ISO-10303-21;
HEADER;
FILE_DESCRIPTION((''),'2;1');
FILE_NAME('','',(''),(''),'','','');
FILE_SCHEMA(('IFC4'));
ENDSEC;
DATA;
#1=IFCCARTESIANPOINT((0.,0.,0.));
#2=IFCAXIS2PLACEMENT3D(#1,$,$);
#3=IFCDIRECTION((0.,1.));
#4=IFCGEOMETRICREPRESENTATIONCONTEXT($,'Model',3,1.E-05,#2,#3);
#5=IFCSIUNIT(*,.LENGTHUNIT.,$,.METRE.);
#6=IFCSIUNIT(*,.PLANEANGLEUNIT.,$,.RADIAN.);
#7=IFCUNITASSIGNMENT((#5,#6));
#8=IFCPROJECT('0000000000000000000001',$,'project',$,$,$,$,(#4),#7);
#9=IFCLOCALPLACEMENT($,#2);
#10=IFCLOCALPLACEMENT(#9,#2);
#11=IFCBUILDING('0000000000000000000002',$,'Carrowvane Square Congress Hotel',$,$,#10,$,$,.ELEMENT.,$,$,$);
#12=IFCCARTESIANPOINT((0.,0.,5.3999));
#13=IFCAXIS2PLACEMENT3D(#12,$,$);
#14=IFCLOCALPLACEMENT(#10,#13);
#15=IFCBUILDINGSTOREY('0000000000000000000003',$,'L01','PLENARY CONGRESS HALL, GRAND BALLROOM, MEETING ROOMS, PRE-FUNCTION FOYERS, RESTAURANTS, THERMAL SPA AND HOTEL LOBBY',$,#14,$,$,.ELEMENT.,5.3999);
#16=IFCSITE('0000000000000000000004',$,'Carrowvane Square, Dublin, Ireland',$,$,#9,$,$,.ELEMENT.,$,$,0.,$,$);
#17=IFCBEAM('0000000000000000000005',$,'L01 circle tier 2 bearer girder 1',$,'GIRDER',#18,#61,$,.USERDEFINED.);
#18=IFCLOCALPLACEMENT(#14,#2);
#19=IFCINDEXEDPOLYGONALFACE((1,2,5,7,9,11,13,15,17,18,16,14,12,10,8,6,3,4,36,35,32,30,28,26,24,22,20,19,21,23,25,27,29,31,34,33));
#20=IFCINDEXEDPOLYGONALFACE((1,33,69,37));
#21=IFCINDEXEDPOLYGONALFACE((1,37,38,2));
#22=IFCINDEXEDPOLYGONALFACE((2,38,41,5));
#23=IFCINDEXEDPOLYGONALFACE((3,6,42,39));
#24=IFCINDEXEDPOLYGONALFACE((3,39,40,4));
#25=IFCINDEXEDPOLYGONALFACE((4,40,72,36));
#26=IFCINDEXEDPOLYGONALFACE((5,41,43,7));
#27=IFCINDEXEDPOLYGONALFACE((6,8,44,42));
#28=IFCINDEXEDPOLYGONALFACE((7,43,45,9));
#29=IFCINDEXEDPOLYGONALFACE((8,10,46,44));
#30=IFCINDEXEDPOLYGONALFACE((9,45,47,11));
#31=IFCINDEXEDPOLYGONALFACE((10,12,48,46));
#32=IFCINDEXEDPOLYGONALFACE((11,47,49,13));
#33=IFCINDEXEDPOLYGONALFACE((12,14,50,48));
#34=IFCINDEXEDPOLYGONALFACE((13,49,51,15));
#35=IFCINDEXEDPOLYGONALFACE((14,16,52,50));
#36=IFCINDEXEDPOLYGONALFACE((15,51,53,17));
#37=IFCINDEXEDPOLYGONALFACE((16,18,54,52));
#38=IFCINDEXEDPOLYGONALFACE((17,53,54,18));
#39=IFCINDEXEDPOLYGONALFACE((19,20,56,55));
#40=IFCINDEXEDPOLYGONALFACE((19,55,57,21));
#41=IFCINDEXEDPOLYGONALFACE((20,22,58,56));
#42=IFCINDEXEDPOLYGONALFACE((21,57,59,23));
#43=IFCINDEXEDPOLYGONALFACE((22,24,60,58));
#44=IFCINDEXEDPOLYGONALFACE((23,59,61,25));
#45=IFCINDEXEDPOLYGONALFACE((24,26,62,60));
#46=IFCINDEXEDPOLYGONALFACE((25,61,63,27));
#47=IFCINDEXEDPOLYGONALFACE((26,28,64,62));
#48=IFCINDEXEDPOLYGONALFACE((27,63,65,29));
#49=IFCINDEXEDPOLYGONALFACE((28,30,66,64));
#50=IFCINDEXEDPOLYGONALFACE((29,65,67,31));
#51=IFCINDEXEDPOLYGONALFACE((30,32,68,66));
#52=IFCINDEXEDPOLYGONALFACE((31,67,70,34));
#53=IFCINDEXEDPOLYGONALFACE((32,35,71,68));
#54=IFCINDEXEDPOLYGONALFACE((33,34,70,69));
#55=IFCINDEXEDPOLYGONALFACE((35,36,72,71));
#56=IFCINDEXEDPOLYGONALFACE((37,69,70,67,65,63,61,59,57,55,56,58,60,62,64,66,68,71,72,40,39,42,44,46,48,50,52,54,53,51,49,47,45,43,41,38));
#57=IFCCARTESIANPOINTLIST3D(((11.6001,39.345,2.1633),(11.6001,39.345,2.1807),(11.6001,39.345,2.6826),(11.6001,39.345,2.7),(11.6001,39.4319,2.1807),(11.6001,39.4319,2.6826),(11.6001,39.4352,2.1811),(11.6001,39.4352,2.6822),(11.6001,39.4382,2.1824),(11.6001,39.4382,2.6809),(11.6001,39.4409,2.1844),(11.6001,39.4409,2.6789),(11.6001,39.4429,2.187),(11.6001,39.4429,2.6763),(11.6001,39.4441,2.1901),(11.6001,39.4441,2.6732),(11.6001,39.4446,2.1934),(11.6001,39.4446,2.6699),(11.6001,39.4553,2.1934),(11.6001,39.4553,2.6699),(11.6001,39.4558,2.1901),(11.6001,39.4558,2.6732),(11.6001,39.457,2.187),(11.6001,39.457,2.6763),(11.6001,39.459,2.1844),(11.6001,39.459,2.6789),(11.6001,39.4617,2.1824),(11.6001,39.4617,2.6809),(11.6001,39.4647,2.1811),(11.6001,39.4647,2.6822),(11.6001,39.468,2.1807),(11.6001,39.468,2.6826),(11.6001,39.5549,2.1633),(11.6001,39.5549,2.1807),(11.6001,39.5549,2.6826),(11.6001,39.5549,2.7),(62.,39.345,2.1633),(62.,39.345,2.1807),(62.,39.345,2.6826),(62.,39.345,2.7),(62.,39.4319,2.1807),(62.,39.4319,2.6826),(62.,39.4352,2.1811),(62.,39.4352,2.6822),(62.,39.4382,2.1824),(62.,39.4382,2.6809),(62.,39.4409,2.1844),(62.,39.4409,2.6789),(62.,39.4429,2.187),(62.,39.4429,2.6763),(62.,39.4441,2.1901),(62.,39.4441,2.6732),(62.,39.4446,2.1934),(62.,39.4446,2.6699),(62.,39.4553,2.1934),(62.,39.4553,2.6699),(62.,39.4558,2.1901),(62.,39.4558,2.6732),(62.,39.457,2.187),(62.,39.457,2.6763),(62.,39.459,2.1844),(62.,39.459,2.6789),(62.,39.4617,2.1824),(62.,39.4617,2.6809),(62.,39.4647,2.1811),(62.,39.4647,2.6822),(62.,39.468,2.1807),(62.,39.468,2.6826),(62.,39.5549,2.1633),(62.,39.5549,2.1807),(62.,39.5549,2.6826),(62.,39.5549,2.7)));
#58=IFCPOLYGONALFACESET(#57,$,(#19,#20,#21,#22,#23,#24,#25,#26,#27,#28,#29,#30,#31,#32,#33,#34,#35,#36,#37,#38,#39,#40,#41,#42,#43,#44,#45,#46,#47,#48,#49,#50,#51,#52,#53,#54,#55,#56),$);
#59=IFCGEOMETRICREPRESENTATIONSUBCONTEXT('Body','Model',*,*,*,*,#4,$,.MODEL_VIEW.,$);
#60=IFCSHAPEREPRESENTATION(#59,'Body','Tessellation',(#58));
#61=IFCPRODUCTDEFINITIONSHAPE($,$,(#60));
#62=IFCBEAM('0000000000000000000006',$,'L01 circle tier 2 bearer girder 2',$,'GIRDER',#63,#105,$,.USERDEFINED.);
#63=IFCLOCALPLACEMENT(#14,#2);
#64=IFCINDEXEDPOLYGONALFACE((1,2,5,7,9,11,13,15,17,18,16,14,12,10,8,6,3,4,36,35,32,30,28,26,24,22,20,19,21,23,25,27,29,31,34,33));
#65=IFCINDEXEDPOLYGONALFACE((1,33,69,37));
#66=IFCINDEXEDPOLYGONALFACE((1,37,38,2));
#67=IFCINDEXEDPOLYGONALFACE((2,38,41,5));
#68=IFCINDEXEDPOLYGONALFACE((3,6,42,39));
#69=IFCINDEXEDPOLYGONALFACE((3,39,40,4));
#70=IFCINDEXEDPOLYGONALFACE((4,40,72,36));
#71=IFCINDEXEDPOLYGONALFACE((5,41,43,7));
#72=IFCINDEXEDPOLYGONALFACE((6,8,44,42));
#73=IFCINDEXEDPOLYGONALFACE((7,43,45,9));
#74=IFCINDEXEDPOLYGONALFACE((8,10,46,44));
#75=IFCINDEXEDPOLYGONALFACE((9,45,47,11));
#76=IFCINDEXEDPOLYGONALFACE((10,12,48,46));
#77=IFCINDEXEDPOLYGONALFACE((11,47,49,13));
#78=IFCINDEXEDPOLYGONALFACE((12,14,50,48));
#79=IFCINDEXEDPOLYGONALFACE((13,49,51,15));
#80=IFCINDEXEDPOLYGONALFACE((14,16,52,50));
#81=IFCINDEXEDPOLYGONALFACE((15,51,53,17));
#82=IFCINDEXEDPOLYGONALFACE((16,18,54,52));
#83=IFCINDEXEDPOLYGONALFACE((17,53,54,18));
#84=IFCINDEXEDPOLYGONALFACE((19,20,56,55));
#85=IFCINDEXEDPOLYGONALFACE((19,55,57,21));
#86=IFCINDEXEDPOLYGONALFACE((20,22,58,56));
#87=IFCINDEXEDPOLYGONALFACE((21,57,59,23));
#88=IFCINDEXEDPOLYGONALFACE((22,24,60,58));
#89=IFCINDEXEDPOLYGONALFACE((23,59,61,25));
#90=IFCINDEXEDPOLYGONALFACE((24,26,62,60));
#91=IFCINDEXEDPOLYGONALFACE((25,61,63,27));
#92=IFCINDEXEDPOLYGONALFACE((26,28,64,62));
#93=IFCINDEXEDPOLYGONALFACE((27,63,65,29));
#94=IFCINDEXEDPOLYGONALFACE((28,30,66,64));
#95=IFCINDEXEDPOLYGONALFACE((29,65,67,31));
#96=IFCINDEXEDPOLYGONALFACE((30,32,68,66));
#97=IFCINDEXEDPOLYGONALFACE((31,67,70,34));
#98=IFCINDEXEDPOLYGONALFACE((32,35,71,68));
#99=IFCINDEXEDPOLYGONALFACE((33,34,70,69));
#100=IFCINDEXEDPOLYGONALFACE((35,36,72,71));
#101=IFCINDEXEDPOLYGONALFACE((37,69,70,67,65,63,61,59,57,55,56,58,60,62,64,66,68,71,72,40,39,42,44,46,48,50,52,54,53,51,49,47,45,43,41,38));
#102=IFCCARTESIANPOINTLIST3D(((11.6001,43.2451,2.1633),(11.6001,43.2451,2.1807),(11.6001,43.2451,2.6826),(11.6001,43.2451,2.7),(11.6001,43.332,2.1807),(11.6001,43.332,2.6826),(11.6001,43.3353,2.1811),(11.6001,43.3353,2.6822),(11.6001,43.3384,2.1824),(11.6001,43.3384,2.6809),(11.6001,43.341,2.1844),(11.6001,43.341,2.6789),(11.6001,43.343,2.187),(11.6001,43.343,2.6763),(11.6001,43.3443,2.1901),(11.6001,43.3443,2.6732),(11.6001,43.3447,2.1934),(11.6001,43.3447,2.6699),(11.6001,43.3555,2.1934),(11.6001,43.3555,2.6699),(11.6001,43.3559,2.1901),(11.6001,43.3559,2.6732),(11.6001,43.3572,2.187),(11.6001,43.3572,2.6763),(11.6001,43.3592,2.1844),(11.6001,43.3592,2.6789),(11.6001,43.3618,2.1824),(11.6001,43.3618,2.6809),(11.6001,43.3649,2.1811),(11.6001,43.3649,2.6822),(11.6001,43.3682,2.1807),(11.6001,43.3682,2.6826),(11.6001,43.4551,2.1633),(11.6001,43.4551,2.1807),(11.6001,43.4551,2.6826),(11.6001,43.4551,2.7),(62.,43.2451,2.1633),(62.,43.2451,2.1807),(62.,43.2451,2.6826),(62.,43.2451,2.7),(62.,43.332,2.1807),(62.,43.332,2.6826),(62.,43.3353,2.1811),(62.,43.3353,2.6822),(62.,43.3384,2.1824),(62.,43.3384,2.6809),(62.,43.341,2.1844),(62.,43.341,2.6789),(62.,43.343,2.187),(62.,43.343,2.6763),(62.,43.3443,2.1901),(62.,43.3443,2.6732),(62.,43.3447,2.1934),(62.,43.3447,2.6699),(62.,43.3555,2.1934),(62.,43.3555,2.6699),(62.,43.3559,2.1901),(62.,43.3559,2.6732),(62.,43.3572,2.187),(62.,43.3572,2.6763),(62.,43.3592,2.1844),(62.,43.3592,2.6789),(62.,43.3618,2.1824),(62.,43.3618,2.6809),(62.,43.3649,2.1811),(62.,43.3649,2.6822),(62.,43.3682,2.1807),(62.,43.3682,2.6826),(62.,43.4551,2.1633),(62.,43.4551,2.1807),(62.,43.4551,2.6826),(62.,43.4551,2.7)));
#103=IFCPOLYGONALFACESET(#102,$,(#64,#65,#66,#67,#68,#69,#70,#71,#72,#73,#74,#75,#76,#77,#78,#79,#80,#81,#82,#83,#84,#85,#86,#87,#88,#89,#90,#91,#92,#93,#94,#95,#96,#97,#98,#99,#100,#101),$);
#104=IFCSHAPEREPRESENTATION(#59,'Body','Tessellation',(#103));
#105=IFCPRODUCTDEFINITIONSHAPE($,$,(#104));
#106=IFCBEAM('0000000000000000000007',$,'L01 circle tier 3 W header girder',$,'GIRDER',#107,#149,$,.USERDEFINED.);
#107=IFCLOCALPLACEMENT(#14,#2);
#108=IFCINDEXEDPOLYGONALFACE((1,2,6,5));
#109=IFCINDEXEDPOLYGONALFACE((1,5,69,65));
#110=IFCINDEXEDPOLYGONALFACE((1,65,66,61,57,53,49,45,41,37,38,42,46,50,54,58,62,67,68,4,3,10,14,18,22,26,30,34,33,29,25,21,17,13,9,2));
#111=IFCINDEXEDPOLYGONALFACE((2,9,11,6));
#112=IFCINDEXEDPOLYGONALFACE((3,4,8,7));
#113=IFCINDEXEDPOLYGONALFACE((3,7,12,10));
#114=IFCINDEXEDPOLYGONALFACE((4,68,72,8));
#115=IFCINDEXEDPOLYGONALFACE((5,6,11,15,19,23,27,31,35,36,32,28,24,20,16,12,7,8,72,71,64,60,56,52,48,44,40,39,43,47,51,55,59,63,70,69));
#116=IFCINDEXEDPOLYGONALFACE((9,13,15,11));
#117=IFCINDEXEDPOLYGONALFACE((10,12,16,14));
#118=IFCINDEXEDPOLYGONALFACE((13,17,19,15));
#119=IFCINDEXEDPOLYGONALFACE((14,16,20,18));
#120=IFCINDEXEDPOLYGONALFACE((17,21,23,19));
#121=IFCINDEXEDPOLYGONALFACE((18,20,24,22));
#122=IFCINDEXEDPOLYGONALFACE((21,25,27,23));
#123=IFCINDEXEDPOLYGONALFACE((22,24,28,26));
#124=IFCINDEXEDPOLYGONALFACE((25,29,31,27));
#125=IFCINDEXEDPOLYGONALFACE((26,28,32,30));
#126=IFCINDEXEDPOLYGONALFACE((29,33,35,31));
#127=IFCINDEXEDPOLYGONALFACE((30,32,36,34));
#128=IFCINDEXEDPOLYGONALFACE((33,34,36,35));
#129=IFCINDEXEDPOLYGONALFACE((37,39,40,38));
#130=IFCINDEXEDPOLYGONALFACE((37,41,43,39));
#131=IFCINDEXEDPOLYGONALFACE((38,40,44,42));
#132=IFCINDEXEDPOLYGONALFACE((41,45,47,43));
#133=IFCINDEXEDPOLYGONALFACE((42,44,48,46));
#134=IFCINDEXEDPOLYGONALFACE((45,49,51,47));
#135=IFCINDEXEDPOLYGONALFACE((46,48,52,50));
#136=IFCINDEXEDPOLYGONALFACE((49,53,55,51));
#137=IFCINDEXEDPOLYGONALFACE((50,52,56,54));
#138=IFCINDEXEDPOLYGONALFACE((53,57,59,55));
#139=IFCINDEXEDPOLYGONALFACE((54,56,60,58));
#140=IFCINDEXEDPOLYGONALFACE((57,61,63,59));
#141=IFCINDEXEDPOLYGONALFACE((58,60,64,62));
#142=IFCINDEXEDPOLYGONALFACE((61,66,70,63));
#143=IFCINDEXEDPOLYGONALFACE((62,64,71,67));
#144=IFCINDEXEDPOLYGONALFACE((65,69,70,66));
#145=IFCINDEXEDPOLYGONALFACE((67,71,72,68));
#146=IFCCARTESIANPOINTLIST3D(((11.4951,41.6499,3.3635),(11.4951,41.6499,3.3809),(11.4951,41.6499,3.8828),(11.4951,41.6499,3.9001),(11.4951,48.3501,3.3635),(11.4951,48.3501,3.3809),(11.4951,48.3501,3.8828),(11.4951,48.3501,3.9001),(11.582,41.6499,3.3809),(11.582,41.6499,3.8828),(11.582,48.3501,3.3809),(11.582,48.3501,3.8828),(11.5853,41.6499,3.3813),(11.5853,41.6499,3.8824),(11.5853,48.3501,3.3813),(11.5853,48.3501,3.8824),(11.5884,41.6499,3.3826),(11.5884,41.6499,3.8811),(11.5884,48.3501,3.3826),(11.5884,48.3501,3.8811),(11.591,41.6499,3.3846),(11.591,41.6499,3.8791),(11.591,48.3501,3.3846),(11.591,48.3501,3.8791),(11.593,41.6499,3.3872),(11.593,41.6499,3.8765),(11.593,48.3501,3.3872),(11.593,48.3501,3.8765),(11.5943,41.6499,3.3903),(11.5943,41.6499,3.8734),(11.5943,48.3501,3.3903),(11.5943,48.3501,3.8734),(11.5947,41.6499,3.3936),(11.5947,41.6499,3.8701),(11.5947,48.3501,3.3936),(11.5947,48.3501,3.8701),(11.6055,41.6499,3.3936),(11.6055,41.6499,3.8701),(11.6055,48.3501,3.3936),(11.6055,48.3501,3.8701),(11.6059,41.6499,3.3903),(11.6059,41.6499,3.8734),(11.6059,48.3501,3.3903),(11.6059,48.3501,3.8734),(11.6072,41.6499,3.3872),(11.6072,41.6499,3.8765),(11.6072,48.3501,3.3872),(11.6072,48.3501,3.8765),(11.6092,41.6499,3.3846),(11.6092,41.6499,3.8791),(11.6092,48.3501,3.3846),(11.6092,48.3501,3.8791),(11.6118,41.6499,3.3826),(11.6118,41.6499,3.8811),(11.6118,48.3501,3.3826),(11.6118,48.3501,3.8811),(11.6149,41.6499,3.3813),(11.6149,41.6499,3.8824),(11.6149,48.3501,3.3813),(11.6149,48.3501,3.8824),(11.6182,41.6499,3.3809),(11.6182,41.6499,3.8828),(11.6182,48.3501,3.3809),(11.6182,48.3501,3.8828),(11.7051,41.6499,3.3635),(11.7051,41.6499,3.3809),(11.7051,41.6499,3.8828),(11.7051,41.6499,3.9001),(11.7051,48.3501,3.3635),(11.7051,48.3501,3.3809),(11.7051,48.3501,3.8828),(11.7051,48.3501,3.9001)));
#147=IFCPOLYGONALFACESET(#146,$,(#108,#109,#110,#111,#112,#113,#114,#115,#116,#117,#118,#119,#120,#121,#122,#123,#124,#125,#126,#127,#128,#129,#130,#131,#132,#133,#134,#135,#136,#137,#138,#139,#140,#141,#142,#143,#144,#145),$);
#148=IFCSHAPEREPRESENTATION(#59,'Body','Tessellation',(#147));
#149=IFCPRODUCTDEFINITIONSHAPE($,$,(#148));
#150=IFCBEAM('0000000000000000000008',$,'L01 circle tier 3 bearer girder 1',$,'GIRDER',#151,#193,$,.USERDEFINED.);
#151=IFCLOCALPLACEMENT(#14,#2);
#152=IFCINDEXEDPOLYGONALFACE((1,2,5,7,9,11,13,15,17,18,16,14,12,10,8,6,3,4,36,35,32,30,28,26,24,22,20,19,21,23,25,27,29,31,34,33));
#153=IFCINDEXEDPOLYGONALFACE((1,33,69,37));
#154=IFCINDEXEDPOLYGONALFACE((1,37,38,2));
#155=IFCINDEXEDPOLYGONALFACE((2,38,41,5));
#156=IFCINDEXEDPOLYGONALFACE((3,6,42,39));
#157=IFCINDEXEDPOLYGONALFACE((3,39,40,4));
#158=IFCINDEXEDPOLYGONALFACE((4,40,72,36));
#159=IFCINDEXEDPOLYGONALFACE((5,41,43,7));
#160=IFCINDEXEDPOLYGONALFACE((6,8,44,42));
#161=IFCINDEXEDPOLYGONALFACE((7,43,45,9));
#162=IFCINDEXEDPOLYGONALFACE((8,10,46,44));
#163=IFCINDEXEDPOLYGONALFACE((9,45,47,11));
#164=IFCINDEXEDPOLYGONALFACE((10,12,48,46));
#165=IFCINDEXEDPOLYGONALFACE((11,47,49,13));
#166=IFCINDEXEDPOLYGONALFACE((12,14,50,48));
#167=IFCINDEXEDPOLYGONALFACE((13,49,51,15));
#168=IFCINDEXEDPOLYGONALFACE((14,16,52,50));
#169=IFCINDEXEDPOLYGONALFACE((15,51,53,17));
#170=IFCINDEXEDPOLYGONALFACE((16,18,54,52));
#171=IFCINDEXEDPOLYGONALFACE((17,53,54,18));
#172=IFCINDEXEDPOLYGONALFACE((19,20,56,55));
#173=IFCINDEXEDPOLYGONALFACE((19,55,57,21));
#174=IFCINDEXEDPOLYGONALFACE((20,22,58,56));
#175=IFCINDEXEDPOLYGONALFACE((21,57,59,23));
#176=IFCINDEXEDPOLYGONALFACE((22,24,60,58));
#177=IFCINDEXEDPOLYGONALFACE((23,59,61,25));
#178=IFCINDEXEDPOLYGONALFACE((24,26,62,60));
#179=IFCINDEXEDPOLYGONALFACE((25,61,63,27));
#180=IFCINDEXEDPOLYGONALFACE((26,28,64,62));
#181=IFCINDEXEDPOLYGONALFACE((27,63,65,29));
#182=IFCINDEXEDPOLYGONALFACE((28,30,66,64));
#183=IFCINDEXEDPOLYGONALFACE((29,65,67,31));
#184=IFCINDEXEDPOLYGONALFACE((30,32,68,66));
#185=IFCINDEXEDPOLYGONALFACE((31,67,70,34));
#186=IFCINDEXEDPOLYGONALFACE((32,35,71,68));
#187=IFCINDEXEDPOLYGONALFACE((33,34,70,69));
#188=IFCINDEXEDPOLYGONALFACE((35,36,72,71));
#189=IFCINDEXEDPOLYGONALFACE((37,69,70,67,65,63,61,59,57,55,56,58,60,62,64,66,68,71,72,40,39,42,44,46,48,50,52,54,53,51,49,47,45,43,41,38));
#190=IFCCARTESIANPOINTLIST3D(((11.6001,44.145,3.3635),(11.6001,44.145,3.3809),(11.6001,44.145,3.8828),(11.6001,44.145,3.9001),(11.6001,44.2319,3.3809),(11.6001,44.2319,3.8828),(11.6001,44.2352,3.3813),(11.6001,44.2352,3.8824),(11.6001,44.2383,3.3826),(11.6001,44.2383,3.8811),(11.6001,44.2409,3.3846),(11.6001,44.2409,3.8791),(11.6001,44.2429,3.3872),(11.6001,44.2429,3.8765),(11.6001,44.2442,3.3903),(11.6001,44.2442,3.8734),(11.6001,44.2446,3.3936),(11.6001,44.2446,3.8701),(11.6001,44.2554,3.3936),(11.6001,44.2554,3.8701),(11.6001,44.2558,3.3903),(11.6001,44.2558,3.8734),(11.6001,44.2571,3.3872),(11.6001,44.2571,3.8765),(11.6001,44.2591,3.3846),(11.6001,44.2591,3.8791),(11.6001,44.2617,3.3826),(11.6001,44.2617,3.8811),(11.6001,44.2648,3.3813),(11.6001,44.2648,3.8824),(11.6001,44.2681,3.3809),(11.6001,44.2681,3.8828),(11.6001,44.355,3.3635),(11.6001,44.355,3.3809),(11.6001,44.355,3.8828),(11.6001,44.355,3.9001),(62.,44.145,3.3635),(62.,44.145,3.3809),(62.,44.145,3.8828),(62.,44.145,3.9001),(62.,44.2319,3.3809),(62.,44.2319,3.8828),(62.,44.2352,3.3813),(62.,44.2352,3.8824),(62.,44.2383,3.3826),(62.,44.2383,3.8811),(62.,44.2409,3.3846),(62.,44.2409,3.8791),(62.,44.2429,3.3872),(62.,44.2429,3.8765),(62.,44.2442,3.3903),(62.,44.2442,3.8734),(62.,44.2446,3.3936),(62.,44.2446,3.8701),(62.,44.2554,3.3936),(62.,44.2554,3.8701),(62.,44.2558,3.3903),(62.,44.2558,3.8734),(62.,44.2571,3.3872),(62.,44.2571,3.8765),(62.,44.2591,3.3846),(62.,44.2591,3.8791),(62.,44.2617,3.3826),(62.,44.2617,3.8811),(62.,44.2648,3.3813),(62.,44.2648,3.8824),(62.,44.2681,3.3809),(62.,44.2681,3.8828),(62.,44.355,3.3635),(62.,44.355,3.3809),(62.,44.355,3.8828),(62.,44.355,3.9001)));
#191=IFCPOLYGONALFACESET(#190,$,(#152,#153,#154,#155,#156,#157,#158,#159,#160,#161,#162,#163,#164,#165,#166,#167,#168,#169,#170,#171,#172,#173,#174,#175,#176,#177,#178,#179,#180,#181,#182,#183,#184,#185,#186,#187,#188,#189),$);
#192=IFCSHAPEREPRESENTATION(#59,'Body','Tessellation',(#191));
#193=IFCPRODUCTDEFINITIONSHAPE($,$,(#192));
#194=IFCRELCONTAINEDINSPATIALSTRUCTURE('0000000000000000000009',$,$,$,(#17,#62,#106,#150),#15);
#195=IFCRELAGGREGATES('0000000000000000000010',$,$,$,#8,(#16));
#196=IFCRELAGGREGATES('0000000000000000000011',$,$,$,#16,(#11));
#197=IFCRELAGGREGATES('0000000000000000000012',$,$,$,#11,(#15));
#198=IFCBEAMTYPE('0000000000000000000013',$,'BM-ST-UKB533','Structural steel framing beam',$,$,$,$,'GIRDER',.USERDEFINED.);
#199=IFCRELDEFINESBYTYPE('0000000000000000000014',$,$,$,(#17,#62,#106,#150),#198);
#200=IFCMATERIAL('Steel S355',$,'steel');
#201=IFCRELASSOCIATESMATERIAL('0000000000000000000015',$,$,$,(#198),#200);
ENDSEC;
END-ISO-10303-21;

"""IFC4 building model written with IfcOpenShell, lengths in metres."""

from ifc_helpers import new_model, si_unit, direction, frame, origin, origin_2d, place, context, subcontext, project, spatial, i_section, extrude, material, material_profile, profile_set, type_object, element, save


model = new_model("IFC4")

# Units and contexts
model_context = context("Model", 3, precision=1e-05, world=origin(), true_north=direction((0.0, 1.0)))
body_context = subcontext(model_context, "Body", "Model", "MODEL_VIEW")
ifc_project = project(units=[si_unit("LENGTHUNIT", "METRE"), si_unit("PLANEANGLEUNIT", "RADIAN")], contexts=[model_context])

# Site, building, storey
site_placement = place(None, origin())
site = spatial("IfcSite", under=ifc_project, at=site_placement, Name="Carrowvane Square, Dublin, Ireland", CompositionType="ELEMENT", RefElevation=0.0)
building_placement = place(site_placement, origin())
building = spatial("IfcBuilding", under=site, at=building_placement, Name="Carrowvane Square Congress Hotel", CompositionType="ELEMENT")
storey_placement = place(building_placement, frame((0.0, 0.0, 5.3999)))
storey = spatial("IfcBuildingStorey", under=building, at=storey_placement, Name="L01", Description="PLENARY CONGRESS HALL, GRAND BALLROOM, MEETING ROOMS, PRE-FUNCTION FOYERS, RESTAURANTS, THERMAL SPA AND HOTEL LOBBY", CompositionType="ELEMENT", Elevation=5.3999)

# Beams
ifc_material_1 = material(Name="Steel S355", Category="steel")
ifc_material_profile_1 = material_profile(ifc_material_1, i_section(OverallWidth=0.21, OverallDepth=0.5366, WebThickness=0.0107, FlangeThickness=0.0173, FilletRadius=0.0127, at=origin_2d()), Name="UKB 533x210x101")
ifc_profile_set_1 = profile_set([ifc_material_profile_1], Name="Steel S355")
beam_type_1 = type_object("IfcBeamType", Name="BM-ST-UKB533", Description="Structural steel framing beam", ElementType="GIRDER", PredefinedType="USERDEFINED", material=ifc_profile_set_1)
for number, where, z_axis, x_axis, name in (
    (1, (11.6001, 39.45, 2.4316), (1.0, 0.0, 0.0), (0.0, 1.0, 0.0), "L01 circle tier 2 bearer girder 1"),
    (2, (11.6001, 43.3501, 2.4316), (1.0, 0.0, 0.0), (0.0, 1.0, 0.0), "L01 circle tier 2 bearer girder 2"),
):
    element("IfcBeam", number, at=place(storey_placement, frame(where, z_axis=z_axis, x_axis=x_axis)), inside=storey, type_object=beam_type_1, Name=name, ObjectType="GIRDER", PredefinedType="USERDEFINED", context=body_context, shape_type="SweptSolid", body=[
        extrude(i_section(OverallWidth=0.21, OverallDepth=0.5366, WebThickness=0.0107, FlangeThickness=0.0173, FilletRadius=0.0127, at=origin_2d()), origin(), (0.0, 0.0, 1.0), 50.3999),
    ])
beam_1_placement = place(storey_placement, frame((11.6001, 41.6499, 3.6318), z_axis=(0.0, 1.0, 0.0), x_axis=(-1.0, 0.0, 0.0)))
element("IfcBeam", 3, at=beam_1_placement, inside=storey, type_object=beam_type_1, Name="L01 circle tier 3 W header girder", ObjectType="GIRDER", PredefinedType="USERDEFINED", context=body_context, shape_type="SweptSolid", body=[
    extrude(i_section(OverallWidth=0.21, OverallDepth=0.5366, WebThickness=0.0107, FlangeThickness=0.0173, FilletRadius=0.0127, at=origin_2d()), origin(), (0.0, 0.0, 1.0), 6.7002),
])
for number, where, z_axis, x_axis, name in (
    (4, (11.6001, 44.25, 3.6318), (1.0, 0.0, 0.0), (0.0, 1.0, 0.0), "L01 circle tier 3 bearer girder 1"),
):
    element("IfcBeam", number, at=place(storey_placement, frame(where, z_axis=z_axis, x_axis=x_axis)), inside=storey, type_object=beam_type_1, Name=name, ObjectType="GIRDER", PredefinedType="USERDEFINED", context=body_context, shape_type="SweptSolid", body=[
        extrude(i_section(OverallWidth=0.21, OverallDepth=0.5366, WebThickness=0.0107, FlangeThickness=0.0173, FilletRadius=0.0127, at=origin_2d()), origin(), (0.0, 0.0, 1.0), 50.3999),
    ])

save(model, "model.ifc")
